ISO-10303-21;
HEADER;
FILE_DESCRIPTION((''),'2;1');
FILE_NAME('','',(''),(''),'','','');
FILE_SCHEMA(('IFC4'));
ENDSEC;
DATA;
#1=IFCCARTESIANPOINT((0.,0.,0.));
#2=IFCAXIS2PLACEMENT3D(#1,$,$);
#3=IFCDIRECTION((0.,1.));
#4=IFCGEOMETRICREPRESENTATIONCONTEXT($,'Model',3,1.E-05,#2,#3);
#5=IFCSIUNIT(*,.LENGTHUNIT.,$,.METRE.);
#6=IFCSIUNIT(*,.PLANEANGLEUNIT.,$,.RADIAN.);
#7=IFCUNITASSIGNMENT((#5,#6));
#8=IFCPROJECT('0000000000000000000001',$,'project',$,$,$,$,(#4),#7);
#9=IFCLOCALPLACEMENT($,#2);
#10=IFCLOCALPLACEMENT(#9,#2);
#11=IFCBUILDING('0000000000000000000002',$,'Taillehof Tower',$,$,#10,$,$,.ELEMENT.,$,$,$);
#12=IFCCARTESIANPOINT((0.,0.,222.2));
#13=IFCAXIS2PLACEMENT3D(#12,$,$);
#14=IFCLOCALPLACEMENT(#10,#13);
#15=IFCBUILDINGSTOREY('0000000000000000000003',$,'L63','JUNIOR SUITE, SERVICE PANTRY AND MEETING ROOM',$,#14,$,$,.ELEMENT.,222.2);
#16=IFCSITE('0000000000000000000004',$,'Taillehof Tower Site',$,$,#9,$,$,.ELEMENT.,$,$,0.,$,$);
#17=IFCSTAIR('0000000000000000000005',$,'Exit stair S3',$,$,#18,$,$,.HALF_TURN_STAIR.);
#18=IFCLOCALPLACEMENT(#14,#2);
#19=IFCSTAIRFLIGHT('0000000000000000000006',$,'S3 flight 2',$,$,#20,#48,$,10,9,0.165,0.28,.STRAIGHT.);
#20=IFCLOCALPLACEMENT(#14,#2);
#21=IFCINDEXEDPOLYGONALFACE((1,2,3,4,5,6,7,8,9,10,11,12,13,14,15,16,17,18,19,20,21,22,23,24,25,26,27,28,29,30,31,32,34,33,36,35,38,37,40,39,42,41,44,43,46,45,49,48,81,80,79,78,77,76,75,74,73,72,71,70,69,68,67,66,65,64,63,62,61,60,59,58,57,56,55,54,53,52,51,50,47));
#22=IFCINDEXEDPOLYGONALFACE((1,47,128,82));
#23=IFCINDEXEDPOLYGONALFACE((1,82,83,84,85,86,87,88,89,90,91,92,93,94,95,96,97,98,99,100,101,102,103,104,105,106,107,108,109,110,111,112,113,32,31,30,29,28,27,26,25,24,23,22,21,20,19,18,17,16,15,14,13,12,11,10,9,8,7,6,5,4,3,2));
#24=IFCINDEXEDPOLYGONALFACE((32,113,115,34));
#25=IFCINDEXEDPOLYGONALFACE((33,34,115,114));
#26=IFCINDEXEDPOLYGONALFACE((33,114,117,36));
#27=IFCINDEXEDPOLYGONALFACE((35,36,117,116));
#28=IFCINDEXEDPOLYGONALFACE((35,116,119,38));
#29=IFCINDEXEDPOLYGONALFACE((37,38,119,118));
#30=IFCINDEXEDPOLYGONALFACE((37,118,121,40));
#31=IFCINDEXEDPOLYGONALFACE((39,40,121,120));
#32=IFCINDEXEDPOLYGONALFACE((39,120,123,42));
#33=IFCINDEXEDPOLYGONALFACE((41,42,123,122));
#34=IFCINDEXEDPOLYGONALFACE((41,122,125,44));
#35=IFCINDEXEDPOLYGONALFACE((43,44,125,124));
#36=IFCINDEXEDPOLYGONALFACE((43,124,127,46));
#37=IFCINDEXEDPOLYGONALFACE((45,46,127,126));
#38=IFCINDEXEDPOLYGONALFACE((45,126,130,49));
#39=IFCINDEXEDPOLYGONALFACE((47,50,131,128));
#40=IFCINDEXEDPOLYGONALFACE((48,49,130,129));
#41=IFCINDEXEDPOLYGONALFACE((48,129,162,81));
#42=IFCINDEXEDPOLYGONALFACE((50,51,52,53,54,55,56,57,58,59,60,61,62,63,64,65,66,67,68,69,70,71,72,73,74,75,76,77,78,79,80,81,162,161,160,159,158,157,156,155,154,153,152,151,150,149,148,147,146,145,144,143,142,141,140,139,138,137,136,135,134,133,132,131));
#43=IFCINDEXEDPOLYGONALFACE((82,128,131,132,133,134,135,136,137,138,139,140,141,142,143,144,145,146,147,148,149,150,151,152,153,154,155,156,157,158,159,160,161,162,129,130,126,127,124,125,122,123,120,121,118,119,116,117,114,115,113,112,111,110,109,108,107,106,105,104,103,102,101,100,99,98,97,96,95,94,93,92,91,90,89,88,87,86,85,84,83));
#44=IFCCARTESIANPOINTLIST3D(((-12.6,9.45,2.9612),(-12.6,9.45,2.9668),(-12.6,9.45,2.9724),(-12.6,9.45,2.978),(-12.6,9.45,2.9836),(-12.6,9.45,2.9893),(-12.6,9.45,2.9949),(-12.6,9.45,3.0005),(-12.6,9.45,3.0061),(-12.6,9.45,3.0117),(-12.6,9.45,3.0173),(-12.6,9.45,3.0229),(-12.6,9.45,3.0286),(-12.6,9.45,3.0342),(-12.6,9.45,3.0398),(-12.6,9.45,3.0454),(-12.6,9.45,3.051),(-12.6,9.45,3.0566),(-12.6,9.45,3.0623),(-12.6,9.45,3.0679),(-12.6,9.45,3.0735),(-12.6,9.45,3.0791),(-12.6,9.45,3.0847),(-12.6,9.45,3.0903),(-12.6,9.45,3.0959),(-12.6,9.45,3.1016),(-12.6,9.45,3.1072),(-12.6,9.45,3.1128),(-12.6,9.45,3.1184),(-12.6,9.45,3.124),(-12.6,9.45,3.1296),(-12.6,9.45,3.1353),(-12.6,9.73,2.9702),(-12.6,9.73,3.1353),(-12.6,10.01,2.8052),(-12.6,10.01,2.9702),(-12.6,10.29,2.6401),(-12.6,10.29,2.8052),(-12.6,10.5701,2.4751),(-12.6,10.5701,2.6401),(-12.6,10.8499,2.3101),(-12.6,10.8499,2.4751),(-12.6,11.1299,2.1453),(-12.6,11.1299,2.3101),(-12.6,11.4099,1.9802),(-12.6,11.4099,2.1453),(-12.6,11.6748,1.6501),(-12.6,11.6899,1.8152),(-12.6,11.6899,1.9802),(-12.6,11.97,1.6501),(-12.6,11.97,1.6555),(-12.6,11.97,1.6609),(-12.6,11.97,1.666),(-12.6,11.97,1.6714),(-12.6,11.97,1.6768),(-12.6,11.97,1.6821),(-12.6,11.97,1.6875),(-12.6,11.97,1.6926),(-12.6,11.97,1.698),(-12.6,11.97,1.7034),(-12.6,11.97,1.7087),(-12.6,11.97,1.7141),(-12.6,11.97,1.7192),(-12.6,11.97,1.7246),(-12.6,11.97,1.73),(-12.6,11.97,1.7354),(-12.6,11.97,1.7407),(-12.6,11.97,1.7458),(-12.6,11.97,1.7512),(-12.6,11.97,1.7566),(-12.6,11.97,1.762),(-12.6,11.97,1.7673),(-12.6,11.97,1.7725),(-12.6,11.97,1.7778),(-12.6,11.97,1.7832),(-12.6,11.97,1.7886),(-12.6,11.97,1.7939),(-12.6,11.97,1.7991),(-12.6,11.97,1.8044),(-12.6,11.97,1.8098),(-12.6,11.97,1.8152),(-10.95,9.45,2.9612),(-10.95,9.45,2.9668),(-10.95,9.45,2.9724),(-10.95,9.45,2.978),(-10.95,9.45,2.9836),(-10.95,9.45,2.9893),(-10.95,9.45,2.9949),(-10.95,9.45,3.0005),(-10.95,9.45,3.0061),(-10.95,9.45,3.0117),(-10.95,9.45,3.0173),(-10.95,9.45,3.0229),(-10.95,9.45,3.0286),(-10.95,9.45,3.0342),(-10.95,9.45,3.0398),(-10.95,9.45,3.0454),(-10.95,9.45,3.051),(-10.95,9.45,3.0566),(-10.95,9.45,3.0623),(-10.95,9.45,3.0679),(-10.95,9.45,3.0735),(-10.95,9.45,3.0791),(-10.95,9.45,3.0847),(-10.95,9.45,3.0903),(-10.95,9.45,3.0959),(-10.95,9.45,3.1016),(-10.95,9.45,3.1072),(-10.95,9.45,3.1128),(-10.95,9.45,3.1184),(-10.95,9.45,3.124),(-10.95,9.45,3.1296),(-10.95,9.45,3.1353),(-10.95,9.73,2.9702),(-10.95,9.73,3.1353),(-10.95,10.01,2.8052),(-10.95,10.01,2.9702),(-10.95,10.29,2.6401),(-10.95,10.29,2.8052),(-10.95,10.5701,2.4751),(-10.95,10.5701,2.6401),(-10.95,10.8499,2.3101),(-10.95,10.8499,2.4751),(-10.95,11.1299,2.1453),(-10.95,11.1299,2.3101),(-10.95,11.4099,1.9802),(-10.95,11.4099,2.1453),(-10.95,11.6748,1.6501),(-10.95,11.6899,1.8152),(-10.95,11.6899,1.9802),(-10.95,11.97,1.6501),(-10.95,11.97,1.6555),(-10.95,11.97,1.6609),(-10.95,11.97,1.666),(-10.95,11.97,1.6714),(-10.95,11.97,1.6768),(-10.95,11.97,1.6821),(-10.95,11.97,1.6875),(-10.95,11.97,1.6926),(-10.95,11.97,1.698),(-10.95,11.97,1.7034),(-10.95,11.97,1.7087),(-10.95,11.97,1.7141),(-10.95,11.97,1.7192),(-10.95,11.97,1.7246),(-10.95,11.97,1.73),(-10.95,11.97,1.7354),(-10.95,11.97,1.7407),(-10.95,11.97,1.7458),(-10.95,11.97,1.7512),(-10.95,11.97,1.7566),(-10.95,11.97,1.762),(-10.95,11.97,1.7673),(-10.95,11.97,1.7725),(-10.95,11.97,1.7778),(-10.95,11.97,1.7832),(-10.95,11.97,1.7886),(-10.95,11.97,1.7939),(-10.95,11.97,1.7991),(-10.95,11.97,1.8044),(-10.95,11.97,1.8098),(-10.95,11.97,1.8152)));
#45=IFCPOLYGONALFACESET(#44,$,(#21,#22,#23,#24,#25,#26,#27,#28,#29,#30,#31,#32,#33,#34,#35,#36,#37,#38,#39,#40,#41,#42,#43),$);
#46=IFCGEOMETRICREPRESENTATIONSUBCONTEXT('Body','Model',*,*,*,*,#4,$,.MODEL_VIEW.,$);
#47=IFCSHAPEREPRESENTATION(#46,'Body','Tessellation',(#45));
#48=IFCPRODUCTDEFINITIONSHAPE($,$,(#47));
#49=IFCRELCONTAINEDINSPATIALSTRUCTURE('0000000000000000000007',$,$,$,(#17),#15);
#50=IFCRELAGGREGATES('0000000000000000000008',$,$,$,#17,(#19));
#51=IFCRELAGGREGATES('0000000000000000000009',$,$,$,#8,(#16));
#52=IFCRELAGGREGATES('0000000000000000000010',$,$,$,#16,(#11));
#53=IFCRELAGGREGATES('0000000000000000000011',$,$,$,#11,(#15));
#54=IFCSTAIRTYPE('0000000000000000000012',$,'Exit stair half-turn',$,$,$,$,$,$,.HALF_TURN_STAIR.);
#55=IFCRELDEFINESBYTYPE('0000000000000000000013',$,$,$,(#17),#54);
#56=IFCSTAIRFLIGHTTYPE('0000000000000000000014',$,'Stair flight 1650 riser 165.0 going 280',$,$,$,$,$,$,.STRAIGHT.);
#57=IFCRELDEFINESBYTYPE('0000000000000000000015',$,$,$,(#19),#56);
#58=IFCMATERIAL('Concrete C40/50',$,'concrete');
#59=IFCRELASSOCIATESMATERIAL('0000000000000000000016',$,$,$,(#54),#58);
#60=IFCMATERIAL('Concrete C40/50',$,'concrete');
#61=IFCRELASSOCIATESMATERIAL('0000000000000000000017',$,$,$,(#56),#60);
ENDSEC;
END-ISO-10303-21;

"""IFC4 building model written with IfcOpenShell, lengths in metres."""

from ifc_helpers import new_model, si_unit, direction, frame, origin, place, context, subcontext, project, spatial, polyline, outline, extrude, material, type_object, element, aggregate, save


model = new_model("IFC4")

# Units and contexts
model_context = context("Model", 3, precision=1e-05, world=origin(), true_north=direction((0.0, 1.0)))
body_context = subcontext(model_context, "Body", "Model", "MODEL_VIEW")
ifc_project = project(units=[si_unit("LENGTHUNIT", "METRE"), si_unit("PLANEANGLEUNIT", "RADIAN")], contexts=[model_context])

# Site, building, storey
site_placement = place(None, origin())
site = spatial("IfcSite", under=ifc_project, at=site_placement, Name="Taillehof Tower Site", CompositionType="ELEMENT", RefElevation=0.0)
building_placement = place(site_placement, origin())
building = spatial("IfcBuilding", under=site, at=building_placement, Name="Taillehof Tower", CompositionType="ELEMENT")
storey_placement = place(building_placement, frame((0.0, 0.0, 222.2)))
storey = spatial("IfcBuildingStorey", under=building, at=storey_placement, Name="L63", Description="JUNIOR SUITE, SERVICE PANTRY AND MEETING ROOM", CompositionType="ELEMENT", Elevation=222.2)

# Stair, stair flight
ifc_material_1 = material(Name="Concrete C40/50", Category="concrete")
stair_type = type_object("IfcStairType", Name="Exit stair half-turn", PredefinedType="HALF_TURN_STAIR", material=ifc_material_1)
stair_placement = place(storey_placement, origin())
stair = element("IfcStair", 1, at=stair_placement, inside=storey, type_object=stair_type, Name="Exit stair S3", PredefinedType="HALF_TURN_STAIR")
ifc_material_2 = material(Name="Concrete C40/50", Category="concrete")
stair_flight_type = type_object("IfcStairFlightType", Name="Stair flight 1650 riser 165.0 going 280", PredefinedType="STRAIGHT", material=ifc_material_2)
stair_flight_placement = place(storey_placement, frame((-11.7749, 11.97, 1.6501), z_axis=(0.0, 0.0, 1.0), x_axis=(0.0, -1.0, 0.0)))
stair_flight = element("IfcStairFlight", 2, at=stair_flight_placement, type_object=stair_flight_type, Name="S3 flight 2", NumberOfRisers=10, NumberOfTreads=9, PredefinedType="STRAIGHT", RiserHeight=0.165, TreadLength=0.28, context=body_context, shape_type="SweptSolid", body=[
    extrude(outline(polyline([(0.0, 0.0), (0.0, 0.0054), (0.0, 0.0107), (0.0, 0.0159), (0.0, 0.0212), (0.0, 0.0266), (0.0, 0.032), (0.0, 0.0374), (0.0, 0.0425), (0.0, 0.0479), (0.0, 0.0532), (0.0, 0.0586), (0.0, 0.064), (0.0, 0.0691), (0.0, 0.0745), (0.0, 0.0798), (0.0, 0.0852), (0.0, 0.0906), (0.0, 0.0957), (0.0, 0.1011), (0.0, 0.1064), (0.0, 0.1118), (0.0, 0.1172), (0.0, 0.1223), (0.0, 0.1277), (0.0, 0.1331), (0.0, 0.1384), (0.0, 0.1438), (0.0, 0.1489), (0.0, 0.1543), (0.0, 0.1597), (0.0, 0.165), (0.28, 0.165), (0.28, 0.3301), (0.5601, 0.3301), (0.5601, 0.4951), (0.8401, 0.4951), (0.8401, 0.6599), (1.1201, 0.6599), (1.1201, 0.825), (1.3999, 0.825), (1.3999, 0.99), (1.6799, 0.99), (1.6799, 1.155), (1.96, 1.155), (1.96, 1.3201), (2.24, 1.3201), (2.24, 1.4851), (2.52, 1.4851), (2.52, 1.4795), (2.52, 1.4739), (2.52, 1.4683), (2.52, 1.4626), (2.52, 1.457), (2.52, 1.4514), (2.52, 1.4458), (2.52, 1.4402), (2.52, 1.4346), (2.52, 1.429), (2.52, 1.4233), (2.52, 1.4177), (2.52, 1.4121), (2.52, 1.4065), (2.52, 1.4009), (2.52, 1.3953), (2.52, 1.3896), (2.52, 1.384), (2.52, 1.3784), (2.52, 1.3728), (2.52, 1.3672), (2.52, 1.3616), (2.52, 1.356), (2.52, 1.3503), (2.52, 1.3447), (2.52, 1.3391), (2.52, 1.3335), (2.52, 1.3279), (2.52, 1.3223), (2.52, 1.3167), (2.52, 1.311), (0.2952, 0.0), (0.0, 0.0)])), frame((0.0, 0.825, 0.0), z_axis=(0.0, -1.0, 0.0), x_axis=(1.0, 0.0, 0.0)), (0.0, 0.0, 1.0), 1.65),
])
aggregate(stair, [stair_flight])

save(model, "model.ifc")
